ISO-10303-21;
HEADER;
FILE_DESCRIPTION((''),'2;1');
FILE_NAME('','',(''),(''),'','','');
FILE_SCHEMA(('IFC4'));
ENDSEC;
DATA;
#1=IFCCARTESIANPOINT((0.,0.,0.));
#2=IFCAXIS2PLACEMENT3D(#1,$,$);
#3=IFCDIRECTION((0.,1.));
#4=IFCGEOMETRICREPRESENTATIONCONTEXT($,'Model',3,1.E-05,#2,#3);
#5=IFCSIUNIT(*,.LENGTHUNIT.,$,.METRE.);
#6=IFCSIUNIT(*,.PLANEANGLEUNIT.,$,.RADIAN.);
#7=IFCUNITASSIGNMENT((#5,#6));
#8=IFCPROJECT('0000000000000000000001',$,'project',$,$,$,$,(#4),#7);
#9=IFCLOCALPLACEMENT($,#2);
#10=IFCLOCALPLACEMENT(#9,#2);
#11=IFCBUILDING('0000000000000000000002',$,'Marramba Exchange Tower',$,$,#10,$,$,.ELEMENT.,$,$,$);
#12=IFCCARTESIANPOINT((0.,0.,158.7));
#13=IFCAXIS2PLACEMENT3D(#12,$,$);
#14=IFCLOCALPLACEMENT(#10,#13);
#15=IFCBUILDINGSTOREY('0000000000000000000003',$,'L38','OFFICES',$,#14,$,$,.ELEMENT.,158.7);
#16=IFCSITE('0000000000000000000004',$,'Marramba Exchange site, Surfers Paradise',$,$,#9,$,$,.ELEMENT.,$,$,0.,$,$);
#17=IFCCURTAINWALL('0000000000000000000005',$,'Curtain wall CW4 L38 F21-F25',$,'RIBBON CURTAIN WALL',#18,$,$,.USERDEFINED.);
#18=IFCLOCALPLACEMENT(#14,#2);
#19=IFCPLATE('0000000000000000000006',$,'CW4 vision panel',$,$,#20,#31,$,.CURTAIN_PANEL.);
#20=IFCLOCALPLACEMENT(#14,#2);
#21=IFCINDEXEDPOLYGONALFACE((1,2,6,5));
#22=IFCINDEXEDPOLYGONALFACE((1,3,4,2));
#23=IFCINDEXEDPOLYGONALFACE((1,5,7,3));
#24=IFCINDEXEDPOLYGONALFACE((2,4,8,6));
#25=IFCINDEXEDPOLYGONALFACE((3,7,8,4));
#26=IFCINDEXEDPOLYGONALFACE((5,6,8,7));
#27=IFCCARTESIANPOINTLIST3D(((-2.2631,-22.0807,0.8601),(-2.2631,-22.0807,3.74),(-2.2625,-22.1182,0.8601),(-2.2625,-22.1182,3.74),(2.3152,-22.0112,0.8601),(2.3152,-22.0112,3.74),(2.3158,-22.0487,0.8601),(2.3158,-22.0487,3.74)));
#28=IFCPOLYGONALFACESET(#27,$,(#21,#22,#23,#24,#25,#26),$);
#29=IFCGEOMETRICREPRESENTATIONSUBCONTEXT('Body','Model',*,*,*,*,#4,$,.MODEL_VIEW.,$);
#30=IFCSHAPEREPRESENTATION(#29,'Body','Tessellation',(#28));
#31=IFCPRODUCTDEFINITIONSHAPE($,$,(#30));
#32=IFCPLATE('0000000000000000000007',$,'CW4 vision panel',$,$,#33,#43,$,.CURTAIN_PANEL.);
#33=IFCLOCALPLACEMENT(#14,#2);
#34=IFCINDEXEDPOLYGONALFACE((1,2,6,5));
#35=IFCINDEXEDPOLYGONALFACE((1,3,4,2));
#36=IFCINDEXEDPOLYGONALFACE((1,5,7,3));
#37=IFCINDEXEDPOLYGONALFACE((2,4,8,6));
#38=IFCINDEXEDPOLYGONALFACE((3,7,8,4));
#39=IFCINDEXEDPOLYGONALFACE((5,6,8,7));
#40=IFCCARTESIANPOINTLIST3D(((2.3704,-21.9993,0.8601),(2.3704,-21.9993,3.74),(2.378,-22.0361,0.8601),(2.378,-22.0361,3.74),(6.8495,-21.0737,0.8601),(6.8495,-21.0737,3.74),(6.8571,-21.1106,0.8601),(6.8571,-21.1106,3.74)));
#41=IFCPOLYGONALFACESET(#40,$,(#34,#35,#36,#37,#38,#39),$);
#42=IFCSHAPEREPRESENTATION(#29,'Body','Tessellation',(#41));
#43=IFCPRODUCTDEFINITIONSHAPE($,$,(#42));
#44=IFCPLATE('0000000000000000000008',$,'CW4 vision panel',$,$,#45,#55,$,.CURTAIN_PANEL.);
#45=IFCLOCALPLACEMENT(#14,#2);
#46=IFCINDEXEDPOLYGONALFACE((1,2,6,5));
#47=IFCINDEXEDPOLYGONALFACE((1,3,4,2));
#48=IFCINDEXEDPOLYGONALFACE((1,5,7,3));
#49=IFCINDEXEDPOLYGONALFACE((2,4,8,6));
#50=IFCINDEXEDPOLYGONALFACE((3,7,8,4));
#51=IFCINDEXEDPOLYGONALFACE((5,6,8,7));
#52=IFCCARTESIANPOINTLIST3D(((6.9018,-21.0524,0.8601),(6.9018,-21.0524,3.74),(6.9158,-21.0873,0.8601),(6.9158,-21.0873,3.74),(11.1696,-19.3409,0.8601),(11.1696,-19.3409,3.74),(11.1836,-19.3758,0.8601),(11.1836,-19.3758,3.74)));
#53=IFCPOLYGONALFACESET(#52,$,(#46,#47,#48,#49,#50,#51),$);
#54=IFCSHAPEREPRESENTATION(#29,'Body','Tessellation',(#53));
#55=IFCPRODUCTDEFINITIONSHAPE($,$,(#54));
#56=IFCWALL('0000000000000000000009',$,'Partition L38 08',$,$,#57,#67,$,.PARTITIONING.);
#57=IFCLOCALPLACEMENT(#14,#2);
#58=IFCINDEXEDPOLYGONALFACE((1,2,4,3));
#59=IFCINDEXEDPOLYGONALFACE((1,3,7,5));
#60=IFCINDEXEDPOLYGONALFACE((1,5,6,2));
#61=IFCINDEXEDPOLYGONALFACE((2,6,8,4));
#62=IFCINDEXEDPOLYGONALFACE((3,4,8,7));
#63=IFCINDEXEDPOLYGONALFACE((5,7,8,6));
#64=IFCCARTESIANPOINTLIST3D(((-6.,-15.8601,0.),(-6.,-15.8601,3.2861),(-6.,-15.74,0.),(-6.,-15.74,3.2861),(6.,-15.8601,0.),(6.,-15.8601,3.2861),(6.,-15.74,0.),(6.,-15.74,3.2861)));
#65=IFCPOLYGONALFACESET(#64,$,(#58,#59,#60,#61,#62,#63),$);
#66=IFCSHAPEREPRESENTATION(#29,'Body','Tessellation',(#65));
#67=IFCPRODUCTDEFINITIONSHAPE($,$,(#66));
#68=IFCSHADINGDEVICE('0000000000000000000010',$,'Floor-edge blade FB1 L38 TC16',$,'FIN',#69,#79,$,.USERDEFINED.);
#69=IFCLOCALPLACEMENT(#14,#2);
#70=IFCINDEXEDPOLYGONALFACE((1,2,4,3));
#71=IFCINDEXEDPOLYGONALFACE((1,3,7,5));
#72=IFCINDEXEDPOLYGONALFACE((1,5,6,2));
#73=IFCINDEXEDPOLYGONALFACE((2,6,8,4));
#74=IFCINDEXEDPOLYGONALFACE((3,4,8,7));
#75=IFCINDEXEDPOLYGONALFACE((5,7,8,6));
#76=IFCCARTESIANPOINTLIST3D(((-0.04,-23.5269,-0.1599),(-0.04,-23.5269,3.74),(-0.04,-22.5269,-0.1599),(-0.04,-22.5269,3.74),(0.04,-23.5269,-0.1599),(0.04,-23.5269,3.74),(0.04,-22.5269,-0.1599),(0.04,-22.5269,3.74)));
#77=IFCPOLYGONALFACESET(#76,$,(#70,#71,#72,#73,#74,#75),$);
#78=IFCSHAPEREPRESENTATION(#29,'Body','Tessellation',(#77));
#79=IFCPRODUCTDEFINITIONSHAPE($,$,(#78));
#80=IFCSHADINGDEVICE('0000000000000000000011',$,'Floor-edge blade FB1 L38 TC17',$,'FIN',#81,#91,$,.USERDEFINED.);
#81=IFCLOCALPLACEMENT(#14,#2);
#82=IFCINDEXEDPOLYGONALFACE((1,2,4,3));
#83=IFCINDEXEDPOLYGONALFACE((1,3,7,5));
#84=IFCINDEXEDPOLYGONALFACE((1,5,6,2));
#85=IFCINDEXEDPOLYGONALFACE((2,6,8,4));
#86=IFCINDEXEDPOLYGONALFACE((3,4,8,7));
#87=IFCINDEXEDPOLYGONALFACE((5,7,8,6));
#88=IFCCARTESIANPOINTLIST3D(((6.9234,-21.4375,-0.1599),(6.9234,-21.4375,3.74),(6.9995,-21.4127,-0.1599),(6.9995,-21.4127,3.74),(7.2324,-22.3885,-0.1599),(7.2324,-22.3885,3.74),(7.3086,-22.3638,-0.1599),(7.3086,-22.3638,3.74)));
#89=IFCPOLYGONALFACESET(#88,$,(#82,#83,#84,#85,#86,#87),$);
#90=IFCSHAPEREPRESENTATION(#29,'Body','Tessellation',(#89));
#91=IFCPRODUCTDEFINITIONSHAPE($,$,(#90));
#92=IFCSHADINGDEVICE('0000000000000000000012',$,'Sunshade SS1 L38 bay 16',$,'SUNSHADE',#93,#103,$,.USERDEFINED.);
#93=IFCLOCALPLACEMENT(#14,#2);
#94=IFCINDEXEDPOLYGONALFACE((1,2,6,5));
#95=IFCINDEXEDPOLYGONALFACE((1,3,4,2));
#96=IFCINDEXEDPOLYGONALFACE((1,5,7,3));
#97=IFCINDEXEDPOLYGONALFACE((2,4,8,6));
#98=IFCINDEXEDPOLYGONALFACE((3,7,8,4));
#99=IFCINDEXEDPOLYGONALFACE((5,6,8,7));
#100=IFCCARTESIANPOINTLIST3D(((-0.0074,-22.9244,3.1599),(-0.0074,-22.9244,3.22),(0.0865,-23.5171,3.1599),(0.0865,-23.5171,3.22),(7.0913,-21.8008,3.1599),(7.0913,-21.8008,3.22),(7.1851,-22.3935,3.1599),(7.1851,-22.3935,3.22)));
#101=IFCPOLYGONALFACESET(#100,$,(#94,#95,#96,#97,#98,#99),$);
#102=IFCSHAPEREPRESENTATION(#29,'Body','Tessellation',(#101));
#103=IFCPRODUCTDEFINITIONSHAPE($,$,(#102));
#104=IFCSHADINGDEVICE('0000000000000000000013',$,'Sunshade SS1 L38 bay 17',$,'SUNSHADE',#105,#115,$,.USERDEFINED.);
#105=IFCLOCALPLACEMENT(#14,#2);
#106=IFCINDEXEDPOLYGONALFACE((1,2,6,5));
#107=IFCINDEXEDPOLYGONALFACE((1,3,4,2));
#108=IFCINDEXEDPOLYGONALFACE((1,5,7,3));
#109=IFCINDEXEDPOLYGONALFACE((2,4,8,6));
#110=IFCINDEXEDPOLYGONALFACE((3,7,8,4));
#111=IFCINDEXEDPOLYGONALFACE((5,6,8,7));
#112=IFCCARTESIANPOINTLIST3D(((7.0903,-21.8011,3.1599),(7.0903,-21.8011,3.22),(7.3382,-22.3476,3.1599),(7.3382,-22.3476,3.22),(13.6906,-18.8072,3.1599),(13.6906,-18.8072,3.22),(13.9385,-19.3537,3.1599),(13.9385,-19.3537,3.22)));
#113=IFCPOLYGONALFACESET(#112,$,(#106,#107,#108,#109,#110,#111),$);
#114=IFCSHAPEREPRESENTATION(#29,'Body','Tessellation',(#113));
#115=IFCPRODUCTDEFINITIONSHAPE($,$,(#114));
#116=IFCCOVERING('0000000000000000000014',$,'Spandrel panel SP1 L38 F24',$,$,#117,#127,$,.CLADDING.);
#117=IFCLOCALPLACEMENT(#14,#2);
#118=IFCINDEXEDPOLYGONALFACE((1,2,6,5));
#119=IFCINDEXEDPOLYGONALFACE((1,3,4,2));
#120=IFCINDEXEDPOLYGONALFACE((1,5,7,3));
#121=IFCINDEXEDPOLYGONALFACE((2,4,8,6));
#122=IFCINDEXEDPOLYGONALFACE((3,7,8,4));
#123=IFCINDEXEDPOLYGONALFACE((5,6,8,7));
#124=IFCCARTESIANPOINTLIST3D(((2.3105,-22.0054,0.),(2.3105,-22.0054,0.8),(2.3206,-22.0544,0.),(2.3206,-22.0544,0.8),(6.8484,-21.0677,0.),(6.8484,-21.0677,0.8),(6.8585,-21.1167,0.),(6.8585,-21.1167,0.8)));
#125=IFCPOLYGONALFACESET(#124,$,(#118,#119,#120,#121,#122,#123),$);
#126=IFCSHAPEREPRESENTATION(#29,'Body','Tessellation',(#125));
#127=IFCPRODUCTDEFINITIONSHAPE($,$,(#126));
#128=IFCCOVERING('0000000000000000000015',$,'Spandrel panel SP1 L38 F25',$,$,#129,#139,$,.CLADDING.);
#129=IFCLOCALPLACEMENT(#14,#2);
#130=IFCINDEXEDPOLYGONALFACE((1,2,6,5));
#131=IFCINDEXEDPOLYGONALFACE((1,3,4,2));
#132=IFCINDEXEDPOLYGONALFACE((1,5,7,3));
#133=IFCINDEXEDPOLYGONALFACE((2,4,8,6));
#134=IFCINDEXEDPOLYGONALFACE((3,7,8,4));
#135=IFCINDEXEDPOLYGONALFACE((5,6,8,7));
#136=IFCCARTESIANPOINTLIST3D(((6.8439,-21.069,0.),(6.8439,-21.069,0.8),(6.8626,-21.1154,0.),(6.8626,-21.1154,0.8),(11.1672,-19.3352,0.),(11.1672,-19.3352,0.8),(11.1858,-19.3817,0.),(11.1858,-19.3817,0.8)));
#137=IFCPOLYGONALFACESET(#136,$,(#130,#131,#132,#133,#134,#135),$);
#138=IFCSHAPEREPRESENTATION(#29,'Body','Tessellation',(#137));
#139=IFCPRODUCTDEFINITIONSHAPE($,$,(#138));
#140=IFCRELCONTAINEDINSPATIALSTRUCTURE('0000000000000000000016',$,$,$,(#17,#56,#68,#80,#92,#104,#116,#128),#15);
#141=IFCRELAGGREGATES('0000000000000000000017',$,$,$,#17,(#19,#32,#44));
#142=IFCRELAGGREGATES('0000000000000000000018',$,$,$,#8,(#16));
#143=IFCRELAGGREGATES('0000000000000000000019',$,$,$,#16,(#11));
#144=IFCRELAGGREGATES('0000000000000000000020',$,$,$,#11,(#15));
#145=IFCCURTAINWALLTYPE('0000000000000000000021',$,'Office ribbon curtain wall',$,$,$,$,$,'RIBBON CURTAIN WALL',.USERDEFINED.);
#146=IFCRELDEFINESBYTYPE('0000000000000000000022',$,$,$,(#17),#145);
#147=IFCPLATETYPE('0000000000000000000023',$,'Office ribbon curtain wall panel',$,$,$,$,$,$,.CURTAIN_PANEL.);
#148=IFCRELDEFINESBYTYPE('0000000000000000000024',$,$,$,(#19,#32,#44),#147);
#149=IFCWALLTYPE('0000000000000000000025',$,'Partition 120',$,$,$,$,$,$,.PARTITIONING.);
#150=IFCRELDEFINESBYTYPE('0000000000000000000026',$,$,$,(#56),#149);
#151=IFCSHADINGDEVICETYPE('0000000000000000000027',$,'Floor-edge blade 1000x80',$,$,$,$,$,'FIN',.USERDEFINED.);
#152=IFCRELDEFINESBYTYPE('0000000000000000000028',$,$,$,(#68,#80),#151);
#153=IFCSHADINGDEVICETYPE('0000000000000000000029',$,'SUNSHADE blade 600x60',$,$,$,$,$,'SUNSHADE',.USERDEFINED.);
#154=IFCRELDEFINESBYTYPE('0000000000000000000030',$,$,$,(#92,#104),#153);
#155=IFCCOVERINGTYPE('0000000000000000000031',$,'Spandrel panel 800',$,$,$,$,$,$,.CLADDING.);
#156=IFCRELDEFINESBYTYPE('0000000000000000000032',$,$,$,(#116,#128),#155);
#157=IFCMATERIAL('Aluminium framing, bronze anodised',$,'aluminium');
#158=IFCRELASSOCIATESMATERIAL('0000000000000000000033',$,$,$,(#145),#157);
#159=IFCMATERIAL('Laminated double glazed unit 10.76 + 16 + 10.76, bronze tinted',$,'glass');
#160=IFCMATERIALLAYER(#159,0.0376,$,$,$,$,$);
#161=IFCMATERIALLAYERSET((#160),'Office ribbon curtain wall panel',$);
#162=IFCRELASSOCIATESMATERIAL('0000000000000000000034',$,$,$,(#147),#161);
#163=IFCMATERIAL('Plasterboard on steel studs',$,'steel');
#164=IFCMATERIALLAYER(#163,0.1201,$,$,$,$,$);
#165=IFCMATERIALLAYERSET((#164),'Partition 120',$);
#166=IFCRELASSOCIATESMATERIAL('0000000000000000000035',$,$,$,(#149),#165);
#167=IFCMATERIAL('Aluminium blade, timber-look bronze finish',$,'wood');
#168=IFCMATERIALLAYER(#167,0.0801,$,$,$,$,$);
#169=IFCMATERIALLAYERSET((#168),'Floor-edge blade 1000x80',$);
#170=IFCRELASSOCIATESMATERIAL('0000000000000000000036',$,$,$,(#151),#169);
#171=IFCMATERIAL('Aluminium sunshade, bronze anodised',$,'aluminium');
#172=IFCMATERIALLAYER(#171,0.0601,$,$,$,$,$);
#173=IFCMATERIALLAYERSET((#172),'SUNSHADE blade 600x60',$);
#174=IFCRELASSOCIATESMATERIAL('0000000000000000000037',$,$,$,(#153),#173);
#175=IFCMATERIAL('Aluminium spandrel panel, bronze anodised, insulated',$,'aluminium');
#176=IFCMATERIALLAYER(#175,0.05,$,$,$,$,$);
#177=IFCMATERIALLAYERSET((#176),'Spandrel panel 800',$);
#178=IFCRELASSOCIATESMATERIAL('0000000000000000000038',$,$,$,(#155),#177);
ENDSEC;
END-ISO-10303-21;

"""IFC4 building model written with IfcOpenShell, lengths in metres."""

from ifc_helpers import new_model, si_unit, direction, frame, frame_2d, origin, origin_2d, place, context, subcontext, project, spatial, rectangle, extrude, material, layer, layer_set, type_object, element, aggregate, save


model = new_model("IFC4")

# Units and contexts
model_context = context("Model", 3, precision=1e-05, world=origin(), true_north=direction((0.0, 1.0)))
body_context = subcontext(model_context, "Body", "Model", "MODEL_VIEW")
ifc_project = project(units=[si_unit("LENGTHUNIT", "METRE"), si_unit("PLANEANGLEUNIT", "RADIAN")], contexts=[model_context])

# Site, building, storey
site_placement = place(None, origin())
site = spatial("IfcSite", under=ifc_project, at=site_placement, Name="Marramba Exchange site, Surfers Paradise", CompositionType="ELEMENT", RefElevation=0.0)
building_placement = place(site_placement, origin())
building = spatial("IfcBuilding", under=site, at=building_placement, Name="Marramba Exchange Tower", CompositionType="ELEMENT")
storey_placement = place(building_placement, frame((0.0, 0.0, 158.7)))
storey = spatial("IfcBuildingStorey", under=building, at=storey_placement, Name="L38", Description="OFFICES", CompositionType="ELEMENT", Elevation=158.7)

# Curtain wall
ifc_material_1 = material(Name="Aluminium framing, bronze anodised", Category="aluminium")
curtain_wall_type = type_object("IfcCurtainWallType", Name="Office ribbon curtain wall", ElementType="RIBBON CURTAIN WALL", PredefinedType="USERDEFINED", material=ifc_material_1)
curtain_wall_1_placement = place(storey_placement, origin())
curtain_wall_1 = element("IfcCurtainWall", 1, at=curtain_wall_1_placement, inside=storey, type_object=curtain_wall_type, Name="Curtain wall CW4 L38 F21-F25", ObjectType="RIBBON CURTAIN WALL", PredefinedType="USERDEFINED")

# Plates
ifc_material_2 = material(Name="Laminated double glazed unit 10.76 + 16 + 10.76, bronze tinted", Category="glass")
ifc_layer_1 = layer(ifc_material_2, 0.0376)
ifc_layer_set_1 = layer_set([ifc_layer_1], Name="Office ribbon curtain wall panel")
plate_type = type_object("IfcPlateType", Name="Office ribbon curtain wall panel", PredefinedType="CURTAIN_PANEL", material=ifc_layer_set_1)
plate_1_placement = place(storey_placement, frame((0.0264, -22.0647, 0.8601), z_axis=(0.0, 0.0, 1.0), x_axis=(0.999885, 0.015179, 0.0)))
plate_1 = element("IfcPlate", 2, at=plate_1_placement, type_object=plate_type, Name="CW4 vision panel", PredefinedType="CURTAIN_PANEL", context=body_context, shape_type="SweptSolid", body=[
    extrude(rectangle(XDim=4.5789, YDim=0.0376, at=origin_2d()), origin(), (0.0, 0.0, 1.0), 2.8799),
])
plate_2_placement = place(storey_placement, frame((4.6138, -21.5549, 0.8601), z_axis=(0.0, 0.0, 1.0), x_axis=(0.97931, 0.202365, 0.0)))
plate_2 = element("IfcPlate", 3, at=plate_2_placement, type_object=plate_type, Name="CW4 vision panel", PredefinedType="CURTAIN_PANEL", context=body_context, shape_type="SweptSolid", body=[
    extrude(rectangle(XDim=4.5737, YDim=0.0376, at=origin_2d()), origin(), (0.0, 0.0, 1.0), 2.8799),
])
plate_3_placement = place(storey_placement, frame((9.0427, -20.2141, 0.8601), z_axis=(0.0, 0.0, 1.0), x_axis=(0.928149, 0.372209, 0.0)))
plate_3 = element("IfcPlate", 4, at=plate_3_placement, type_object=plate_type, Name="CW4 vision panel", PredefinedType="CURTAIN_PANEL", context=body_context, shape_type="SweptSolid", body=[
    extrude(rectangle(XDim=4.5981, YDim=0.0376, at=origin_2d()), origin(), (0.0, 0.0, 1.0), 2.8799),
])
aggregate(curtain_wall_1, [plate_1, plate_2, plate_3])

# Wall
ifc_material_3 = material(Name="Plasterboard on steel studs", Category="steel")
ifc_layer_2 = layer(ifc_material_3, 0.1201)
ifc_layer_set_2 = layer_set([ifc_layer_2], Name="Partition 120")
wall_type = type_object("IfcWallType", Name="Partition 120", PredefinedType="PARTITIONING", material=ifc_layer_set_2)
wall_placement = place(storey_placement, frame((6.0, -15.8, 0.0), z_axis=(0.0, 0.0, 1.0), x_axis=(-1.0, 0.0, 0.0)))
element("IfcWall", 5, at=wall_placement, inside=storey, type_object=wall_type, Name="Partition L38 08", PredefinedType="PARTITIONING", context=body_context, shape_type="SweptSolid", body=[
    extrude(rectangle(XDim=12.0, YDim=0.1201, at=frame_2d((6.0, 0.0))), origin(), (0.0, 0.0, 1.0), 3.2861),
])

# Shading devices
ifc_material_4 = material(Name="Aluminium blade, timber-look bronze finish", Category="wood")
ifc_layer_3 = layer(ifc_material_4, 0.0801)
ifc_layer_set_3 = layer_set([ifc_layer_3], Name="Floor-edge blade 1000x80")
shading_device_type_1 = type_object("IfcShadingDeviceType", Name="Floor-edge blade 1000x80", ElementType="FIN", PredefinedType="USERDEFINED", material=ifc_layer_set_3)
for number, where, z_axis, x_axis, name in (
    (6, (0.0, -23.0269, -0.1599), (0.0, 0.0, 1.0), (0.0, -1.0, 0.0), "Floor-edge blade FB1 L38 TC16"),
    (7, (7.116, -21.9006, -0.1599), (0.0, 0.0, 1.0), (0.309017, -0.951057, 0.0), "Floor-edge blade FB1 L38 TC17"),
):
    element("IfcShadingDevice", number, at=place(storey_placement, frame(where, z_axis=z_axis, x_axis=x_axis)), inside=storey, type_object=shading_device_type_1, Name=name, ObjectType="FIN", PredefinedType="USERDEFINED", context=body_context, shape_type="SweptSolid", body=[
        extrude(rectangle(XDim=1.0, YDim=0.0801, at=origin_2d()), origin(), (0.0, 0.0, 1.0), 3.8999),
    ])
ifc_material_5 = material(Name="Aluminium sunshade, bronze anodised", Category="aluminium")
ifc_layer_4 = layer(ifc_material_5, 0.0601)
ifc_layer_set_4 = layer_set([ifc_layer_4], Name="SUNSHADE blade 600x60")
shading_device_type_2 = type_object("IfcShadingDeviceType", Name="SUNSHADE blade 600x60", ElementType="SUNSHADE", PredefinedType="USERDEFINED", material=ifc_layer_set_4)
shading_device_1_placement = place(storey_placement, frame((3.5889, -22.6589, 3.1599), z_axis=(0.0, 0.0, 1.0), x_axis=(0.987705, 0.15633, 0.0)))
element("IfcShadingDevice", 8, at=shading_device_1_placement, inside=storey, type_object=shading_device_type_2, Name="Sunshade SS1 L38 bay 16", ObjectType="SUNSHADE", PredefinedType="USERDEFINED", context=body_context, shape_type="SweptSolid", body=[
    extrude(rectangle(XDim=7.187, YDim=0.6001, at=origin_2d()), origin(), (0.0, 0.0, 1.0), 0.0601),
])
shading_device_2_placement = place(storey_placement, frame((10.5144, -20.5774, 3.1599), z_axis=(0.0, 0.0, 1.0), x_axis=(0.910692, 0.413086, 0.0)))
element("IfcShadingDevice", 9, at=shading_device_2_placement, inside=storey, type_object=shading_device_type_2, Name="Sunshade SS1 L38 bay 17", ObjectType="SUNSHADE", PredefinedType="USERDEFINED", context=body_context, shape_type="SweptSolid", body=[
    extrude(rectangle(XDim=7.2476, YDim=0.6001, at=origin_2d()), origin(), (0.0, 0.0, 1.0), 0.0601),
])

# Coverings
ifc_material_6 = material(Name="Aluminium spandrel panel, bronze anodised, insulated", Category="aluminium")
ifc_layer_5 = layer(ifc_material_6, 0.05)
ifc_layer_set_5 = layer_set([ifc_layer_5], Name="Spandrel panel 800")
covering_type = type_object("IfcCoveringType", Name="Spandrel panel 800", PredefinedType="CLADDING", material=ifc_layer_set_5)
covering_1_placement = place(storey_placement, frame((4.5845, -21.561, 0.0), z_axis=(0.0, 0.0, 1.0), x_axis=(0.97931, 0.202365, 0.0)))
element("IfcCovering", 10, at=covering_1_placement, inside=storey, type_object=covering_type, Name="Spandrel panel SP1 L38 F24", PredefinedType="CLADDING", context=body_context, shape_type="SweptSolid", body=[
    extrude(rectangle(XDim=4.6338, YDim=0.05, at=origin_2d()), origin(), (0.0, 0.0, 1.0), 0.8),
])
covering_2_placement = place(storey_placement, frame((9.0149, -20.2253, 0.0), z_axis=(0.0, 0.0, 1.0), x_axis=(0.928149, 0.372209, 0.0)))
element("IfcCovering", 11, at=covering_2_placement, inside=storey, type_object=covering_type, Name="Spandrel panel SP1 L38 F25", PredefinedType="CLADDING", context=body_context, shape_type="SweptSolid", body=[
    extrude(rectangle(XDim=4.658, YDim=0.05, at=origin_2d()), origin(), (0.0, 0.0, 1.0), 0.8),
])

save(model, "model.ifc")
